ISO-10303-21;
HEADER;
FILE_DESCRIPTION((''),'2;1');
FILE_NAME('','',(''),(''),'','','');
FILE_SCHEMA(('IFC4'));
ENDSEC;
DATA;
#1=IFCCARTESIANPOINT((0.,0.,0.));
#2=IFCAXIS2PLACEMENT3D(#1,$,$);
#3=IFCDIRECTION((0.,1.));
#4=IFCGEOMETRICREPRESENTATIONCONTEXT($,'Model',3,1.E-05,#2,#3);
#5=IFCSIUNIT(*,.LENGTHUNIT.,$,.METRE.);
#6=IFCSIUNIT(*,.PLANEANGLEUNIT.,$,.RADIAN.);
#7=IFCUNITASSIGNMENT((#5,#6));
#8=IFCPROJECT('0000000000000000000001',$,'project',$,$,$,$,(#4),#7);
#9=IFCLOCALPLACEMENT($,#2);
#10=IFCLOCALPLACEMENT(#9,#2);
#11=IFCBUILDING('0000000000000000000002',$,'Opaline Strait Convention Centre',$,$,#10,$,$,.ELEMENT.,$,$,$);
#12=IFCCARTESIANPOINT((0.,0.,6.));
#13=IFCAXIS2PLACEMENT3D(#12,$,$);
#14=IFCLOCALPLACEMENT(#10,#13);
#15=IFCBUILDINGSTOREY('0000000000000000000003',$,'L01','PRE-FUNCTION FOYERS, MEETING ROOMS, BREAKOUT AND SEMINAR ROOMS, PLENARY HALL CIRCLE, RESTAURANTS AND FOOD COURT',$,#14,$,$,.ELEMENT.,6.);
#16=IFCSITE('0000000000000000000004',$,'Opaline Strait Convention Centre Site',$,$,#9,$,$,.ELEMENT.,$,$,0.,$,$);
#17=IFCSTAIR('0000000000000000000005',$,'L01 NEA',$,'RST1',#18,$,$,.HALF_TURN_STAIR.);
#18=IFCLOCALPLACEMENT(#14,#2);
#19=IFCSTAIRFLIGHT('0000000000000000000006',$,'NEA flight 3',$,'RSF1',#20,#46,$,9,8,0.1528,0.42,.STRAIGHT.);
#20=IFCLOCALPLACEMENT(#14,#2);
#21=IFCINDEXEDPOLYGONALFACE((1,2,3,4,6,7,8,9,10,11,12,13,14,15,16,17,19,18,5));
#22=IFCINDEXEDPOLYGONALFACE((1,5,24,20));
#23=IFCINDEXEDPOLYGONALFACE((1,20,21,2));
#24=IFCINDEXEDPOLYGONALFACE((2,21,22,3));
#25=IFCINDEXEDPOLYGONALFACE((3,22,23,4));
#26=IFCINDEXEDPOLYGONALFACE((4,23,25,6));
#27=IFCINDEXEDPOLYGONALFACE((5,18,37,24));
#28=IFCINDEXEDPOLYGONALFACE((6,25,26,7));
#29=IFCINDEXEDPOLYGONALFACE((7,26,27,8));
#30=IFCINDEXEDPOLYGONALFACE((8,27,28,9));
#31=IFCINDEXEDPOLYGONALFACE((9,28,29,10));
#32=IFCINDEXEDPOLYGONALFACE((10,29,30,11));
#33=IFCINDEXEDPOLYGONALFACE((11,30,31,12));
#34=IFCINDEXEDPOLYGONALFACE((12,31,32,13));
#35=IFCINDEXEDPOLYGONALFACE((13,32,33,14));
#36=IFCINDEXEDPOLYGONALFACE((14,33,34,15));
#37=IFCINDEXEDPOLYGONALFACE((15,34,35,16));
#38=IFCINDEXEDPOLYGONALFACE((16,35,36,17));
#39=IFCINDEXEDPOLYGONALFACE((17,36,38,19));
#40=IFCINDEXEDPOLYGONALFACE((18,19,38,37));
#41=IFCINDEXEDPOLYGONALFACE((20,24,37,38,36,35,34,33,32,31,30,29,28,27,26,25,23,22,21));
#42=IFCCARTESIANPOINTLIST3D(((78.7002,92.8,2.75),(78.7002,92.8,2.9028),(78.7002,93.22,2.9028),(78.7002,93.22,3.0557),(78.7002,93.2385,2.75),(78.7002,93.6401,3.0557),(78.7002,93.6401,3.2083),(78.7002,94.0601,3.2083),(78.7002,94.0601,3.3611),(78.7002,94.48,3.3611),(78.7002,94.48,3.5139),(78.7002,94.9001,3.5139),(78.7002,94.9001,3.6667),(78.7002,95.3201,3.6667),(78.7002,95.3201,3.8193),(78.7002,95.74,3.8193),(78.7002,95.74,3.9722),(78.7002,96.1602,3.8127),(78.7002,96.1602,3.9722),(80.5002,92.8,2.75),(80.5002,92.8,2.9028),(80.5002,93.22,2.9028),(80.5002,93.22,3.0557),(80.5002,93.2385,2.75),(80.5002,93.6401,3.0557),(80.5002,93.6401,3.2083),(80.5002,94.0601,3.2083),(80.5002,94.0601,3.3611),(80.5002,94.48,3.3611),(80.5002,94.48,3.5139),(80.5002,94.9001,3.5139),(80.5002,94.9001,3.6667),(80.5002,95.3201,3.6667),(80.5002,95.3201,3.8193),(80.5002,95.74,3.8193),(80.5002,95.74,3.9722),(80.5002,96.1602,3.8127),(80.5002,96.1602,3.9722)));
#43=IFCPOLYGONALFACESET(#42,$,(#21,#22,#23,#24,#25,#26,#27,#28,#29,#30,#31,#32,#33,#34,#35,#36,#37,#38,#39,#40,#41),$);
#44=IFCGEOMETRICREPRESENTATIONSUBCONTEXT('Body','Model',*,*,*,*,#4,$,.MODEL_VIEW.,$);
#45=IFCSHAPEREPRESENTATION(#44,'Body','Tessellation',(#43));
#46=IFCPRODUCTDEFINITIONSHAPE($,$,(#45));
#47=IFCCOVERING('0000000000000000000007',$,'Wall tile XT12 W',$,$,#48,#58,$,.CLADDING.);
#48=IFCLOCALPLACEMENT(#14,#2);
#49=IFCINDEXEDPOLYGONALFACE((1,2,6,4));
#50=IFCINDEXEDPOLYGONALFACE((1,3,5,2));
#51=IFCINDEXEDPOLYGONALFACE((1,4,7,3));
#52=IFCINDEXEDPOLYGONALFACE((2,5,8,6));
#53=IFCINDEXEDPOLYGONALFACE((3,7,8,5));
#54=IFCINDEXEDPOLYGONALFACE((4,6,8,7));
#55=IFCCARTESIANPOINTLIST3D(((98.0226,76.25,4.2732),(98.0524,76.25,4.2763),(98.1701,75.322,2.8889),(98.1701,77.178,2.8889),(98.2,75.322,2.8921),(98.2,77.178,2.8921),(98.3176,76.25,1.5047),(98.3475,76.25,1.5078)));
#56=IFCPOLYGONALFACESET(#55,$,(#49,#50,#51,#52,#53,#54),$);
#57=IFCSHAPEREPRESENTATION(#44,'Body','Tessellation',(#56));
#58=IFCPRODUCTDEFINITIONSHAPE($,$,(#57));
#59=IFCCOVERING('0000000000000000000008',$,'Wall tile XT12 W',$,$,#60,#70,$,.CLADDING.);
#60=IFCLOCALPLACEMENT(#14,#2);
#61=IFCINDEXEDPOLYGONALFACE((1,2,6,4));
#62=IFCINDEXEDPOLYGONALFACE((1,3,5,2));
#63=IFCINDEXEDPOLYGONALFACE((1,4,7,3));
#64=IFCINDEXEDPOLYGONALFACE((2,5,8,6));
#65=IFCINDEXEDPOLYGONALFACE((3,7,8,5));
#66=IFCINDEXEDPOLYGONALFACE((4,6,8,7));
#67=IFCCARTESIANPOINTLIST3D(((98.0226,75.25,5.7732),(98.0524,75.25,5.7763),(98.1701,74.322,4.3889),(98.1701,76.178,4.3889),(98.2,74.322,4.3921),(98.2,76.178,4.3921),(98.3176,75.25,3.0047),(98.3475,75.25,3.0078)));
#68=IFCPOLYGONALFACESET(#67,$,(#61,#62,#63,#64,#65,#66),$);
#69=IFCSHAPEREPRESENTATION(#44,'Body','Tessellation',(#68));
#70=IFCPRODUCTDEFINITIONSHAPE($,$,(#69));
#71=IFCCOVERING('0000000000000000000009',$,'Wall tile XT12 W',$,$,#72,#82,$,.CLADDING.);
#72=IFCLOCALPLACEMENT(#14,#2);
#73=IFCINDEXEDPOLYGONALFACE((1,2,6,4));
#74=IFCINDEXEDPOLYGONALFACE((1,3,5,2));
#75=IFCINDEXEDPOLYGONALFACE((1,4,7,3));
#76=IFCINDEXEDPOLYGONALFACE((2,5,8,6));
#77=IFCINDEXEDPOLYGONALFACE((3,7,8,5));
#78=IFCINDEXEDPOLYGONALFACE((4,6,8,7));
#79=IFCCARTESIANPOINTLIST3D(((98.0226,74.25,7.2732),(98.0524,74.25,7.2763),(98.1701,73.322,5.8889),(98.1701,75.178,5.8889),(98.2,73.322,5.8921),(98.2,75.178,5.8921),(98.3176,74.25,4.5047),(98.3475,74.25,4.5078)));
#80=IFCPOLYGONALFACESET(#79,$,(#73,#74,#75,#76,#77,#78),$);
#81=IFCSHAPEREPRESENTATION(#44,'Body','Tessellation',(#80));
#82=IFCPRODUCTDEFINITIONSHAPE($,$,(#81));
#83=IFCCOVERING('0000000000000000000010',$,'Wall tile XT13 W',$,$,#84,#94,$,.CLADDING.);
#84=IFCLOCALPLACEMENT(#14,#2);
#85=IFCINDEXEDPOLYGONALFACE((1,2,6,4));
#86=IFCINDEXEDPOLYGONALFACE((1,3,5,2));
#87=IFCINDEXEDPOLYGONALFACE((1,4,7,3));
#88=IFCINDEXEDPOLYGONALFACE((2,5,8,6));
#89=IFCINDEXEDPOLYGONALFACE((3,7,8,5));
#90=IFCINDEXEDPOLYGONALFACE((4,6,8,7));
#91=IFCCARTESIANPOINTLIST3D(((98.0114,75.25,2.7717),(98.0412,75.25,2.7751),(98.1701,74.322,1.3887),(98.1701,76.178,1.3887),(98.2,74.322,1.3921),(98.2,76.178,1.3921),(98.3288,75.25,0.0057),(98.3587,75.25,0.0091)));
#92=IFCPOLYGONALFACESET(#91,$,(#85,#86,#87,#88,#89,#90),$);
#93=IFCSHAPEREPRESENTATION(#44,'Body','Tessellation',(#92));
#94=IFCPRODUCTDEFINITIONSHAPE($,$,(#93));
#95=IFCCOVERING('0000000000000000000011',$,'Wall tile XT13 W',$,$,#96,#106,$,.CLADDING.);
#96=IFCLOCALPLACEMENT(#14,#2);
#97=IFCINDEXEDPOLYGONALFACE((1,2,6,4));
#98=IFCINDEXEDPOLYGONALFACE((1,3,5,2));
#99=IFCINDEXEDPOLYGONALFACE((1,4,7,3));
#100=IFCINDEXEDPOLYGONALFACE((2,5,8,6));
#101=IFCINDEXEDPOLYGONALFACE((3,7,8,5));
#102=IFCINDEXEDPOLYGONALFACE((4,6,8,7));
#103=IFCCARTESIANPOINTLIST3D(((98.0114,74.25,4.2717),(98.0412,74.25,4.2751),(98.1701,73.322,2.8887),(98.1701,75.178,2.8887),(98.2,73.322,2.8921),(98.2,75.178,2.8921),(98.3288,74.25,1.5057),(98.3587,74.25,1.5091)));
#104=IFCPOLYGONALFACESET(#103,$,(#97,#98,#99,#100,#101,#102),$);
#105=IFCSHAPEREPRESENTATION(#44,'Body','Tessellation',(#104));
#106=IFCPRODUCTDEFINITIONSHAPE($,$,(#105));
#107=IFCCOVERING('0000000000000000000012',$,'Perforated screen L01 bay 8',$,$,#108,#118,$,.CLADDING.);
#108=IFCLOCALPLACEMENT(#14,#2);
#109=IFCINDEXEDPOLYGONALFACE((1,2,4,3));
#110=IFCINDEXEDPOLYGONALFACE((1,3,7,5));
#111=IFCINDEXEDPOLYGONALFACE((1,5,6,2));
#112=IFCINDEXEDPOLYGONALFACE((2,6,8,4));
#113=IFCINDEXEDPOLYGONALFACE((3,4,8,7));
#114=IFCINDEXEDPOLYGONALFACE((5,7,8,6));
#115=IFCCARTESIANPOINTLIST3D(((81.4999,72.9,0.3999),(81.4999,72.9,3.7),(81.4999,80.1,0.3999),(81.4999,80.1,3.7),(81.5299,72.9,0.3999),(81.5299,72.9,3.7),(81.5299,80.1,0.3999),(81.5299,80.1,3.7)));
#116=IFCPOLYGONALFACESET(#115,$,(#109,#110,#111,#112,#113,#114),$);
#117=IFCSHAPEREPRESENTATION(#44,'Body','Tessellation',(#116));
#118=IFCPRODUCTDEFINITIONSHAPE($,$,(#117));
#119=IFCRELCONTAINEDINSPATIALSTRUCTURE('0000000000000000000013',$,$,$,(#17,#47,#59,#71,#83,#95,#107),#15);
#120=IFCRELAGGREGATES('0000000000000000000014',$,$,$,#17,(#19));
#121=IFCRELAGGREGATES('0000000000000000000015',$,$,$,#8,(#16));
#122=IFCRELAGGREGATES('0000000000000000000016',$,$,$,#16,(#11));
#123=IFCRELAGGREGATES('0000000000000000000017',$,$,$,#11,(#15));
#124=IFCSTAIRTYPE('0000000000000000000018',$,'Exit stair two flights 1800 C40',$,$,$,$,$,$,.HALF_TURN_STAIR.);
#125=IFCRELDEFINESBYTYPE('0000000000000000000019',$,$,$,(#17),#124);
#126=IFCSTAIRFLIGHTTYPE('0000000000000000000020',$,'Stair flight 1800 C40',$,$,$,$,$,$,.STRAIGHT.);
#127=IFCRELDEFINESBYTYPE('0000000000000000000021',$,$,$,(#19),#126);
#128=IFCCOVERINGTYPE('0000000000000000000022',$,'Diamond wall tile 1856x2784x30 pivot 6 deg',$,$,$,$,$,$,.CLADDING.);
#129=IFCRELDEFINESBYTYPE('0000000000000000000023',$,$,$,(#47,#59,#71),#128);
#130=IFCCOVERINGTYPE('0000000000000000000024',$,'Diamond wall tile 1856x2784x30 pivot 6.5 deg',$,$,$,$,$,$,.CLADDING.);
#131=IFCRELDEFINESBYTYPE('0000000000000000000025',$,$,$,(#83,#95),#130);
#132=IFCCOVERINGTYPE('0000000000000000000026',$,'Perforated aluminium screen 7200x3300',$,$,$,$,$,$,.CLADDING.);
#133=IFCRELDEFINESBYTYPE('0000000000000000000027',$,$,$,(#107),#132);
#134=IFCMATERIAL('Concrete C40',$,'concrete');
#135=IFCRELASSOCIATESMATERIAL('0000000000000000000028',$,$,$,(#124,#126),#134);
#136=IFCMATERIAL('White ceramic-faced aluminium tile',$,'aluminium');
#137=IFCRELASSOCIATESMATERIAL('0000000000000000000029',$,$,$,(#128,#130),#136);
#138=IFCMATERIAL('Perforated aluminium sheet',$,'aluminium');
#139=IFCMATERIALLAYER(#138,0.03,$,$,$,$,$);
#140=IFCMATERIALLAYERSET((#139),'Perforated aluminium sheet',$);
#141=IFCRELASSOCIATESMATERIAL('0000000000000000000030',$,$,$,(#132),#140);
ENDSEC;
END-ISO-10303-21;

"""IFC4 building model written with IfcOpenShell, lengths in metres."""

from ifc_helpers import new_model, si_unit, direction, frame, origin, origin_2d, place, context, subcontext, project, spatial, polyline, rectangle, outline, extrude, material, layer, layer_set, material_profile, profile_set, type_object, element, aggregate, save


model = new_model("IFC4")

# Units and contexts
model_context = context("Model", 3, precision=1e-05, world=origin(), true_north=direction((0.0, 1.0)))
body_context = subcontext(model_context, "Body", "Model", "MODEL_VIEW")
ifc_project = project(units=[si_unit("LENGTHUNIT", "METRE"), si_unit("PLANEANGLEUNIT", "RADIAN")], contexts=[model_context])

# Site, building, storey
site_placement = place(None, origin())
site = spatial("IfcSite", under=ifc_project, at=site_placement, Name="Opaline Strait Convention Centre Site", CompositionType="ELEMENT", RefElevation=0.0)
building_placement = place(site_placement, origin())
building = spatial("IfcBuilding", under=site, at=building_placement, Name="Opaline Strait Convention Centre", CompositionType="ELEMENT")
storey_placement = place(building_placement, frame((0.0, 0.0, 6.0)))
storey = spatial("IfcBuildingStorey", under=building, at=storey_placement, Name="L01", Description="PRE-FUNCTION FOYERS, MEETING ROOMS, BREAKOUT AND SEMINAR ROOMS, PLENARY HALL CIRCLE, RESTAURANTS AND FOOD COURT", CompositionType="ELEMENT", Elevation=6.0)

# Shared definitions
ifc_material_1 = material(Name="Concrete C40", Category="concrete")

# Stair, stair flight
stair_type = type_object("IfcStairType", Name="Exit stair two flights 1800 C40", PredefinedType="HALF_TURN_STAIR", material=ifc_material_1)
stair_placement = place(storey_placement, origin())
stair = element("IfcStair", 1, at=stair_placement, inside=storey, type_object=stair_type, Name="L01 NEA", ObjectType="RST1", PredefinedType="HALF_TURN_STAIR")
stair_flight_type = type_object("IfcStairFlightType", Name="Stair flight 1800 C40", PredefinedType="STRAIGHT", material=ifc_material_1)
stair_flight_1_placement = place(storey_placement, frame((79.6001, 92.8, 2.75), z_axis=(0.0, 0.0, 1.0), x_axis=(0.0, 1.0, 0.0)))
stair_flight_1 = element("IfcStairFlight", 2, at=stair_flight_1_placement, type_object=stair_flight_type, Name="NEA flight 3", ObjectType="RSF1", NumberOfRisers=9, NumberOfTreads=8, PredefinedType="STRAIGHT", RiserHeight=0.1528, TreadLength=0.42, context=body_context, shape_type="SweptSolid", body=[
    extrude(outline(polyline([(0.0, 0.0), (0.0, 0.1528), (0.4199, 0.1528), (0.4199, 0.3057), (0.8401, 0.3057), (0.8401, 0.4583), (1.26, 0.4583), (1.26, 0.6111), (1.6799, 0.6111), (1.6799, 0.7639), (2.1001, 0.7639), (2.1001, 0.9167), (2.52, 0.9167), (2.52, 1.0693), (2.9399, 1.0693), (2.9399, 1.2222), (3.3601, 1.2222), (3.3601, 1.375), (3.3601, 1.0627), (0.4385, 0.0), (0.0, 0.0)])), frame((0.0, 0.8999, 0.0), z_axis=(0.0, -1.0, 0.0), x_axis=(1.0, 0.0, 0.0)), (0.0, 0.0, 1.0), 1.8),
])
aggregate(stair, [stair_flight_1])

# Coverings
ifc_material_2 = material(Name="White ceramic-faced aluminium tile", Category="aluminium")
ifc_material_profile_1 = material_profile(ifc_material_2, outline(polyline([(0.928, 0.0), (0.0, 1.3921), (-0.928, 0.0), (0.0, -1.3921), (0.928, 0.0)])), Name="Diamond tile 1856x2784")
ifc_profile_set_1 = profile_set([ifc_material_profile_1], Name="White ceramic-faced aluminium tile")
covering_type_1 = type_object("IfcCoveringType", Name="Diamond wall tile 1856x2784x30 pivot 6 deg", PredefinedType="CLADDING", material=ifc_profile_set_1)
for number, where, z_axis, x_axis, name in (
    (3, (98.2, 76.25, 2.8921), (-0.994371, 0.0, -0.105958), (0.0, -1.0, 0.0), "Wall tile XT12 W"),
    (4, (98.2, 75.25, 4.3921), (-0.994371, 0.0, -0.105958), (0.0, -1.0, 0.0), "Wall tile XT12 W"),
    (5, (98.2, 74.25, 5.8921), (-0.994371, 0.0, -0.105958), (0.0, -1.0, 0.0), "Wall tile XT12 W"),
):
    element("IfcCovering", number, at=place(storey_placement, frame(where, z_axis=z_axis, x_axis=x_axis)), inside=storey, type_object=covering_type_1, Name=name, PredefinedType="CLADDING", context=body_context, shape_type="SweptSolid", body=[
        extrude(outline(polyline([(0.928, 0.0), (0.0, 1.3921), (-0.928, 0.0), (0.0, -1.3921), (0.928, 0.0)])), origin(), (0.0, 0.0, 1.0), 0.03),
    ])
ifc_material_profile_2 = material_profile(ifc_material_2, outline(polyline([(0.928, 0.0), (0.0, 1.3921), (-0.928, 0.0), (0.0, -1.3921), (0.928, 0.0)])), Name="Diamond tile 1856x2784")
ifc_profile_set_2 = profile_set([ifc_material_profile_2], Name="White ceramic-faced aluminium tile")
covering_type_2 = type_object("IfcCoveringType", Name="Diamond wall tile 1856x2784x30 pivot 6.5 deg", PredefinedType="CLADDING", material=ifc_profile_set_2)
for number, where, z_axis, x_axis, name in (
    (6, (98.2, 75.25, 1.3921), (-0.99348, 0.0, -0.114006), (0.0, -1.0, 0.0), "Wall tile XT13 W"),
    (7, (98.2, 74.25, 2.8921), (-0.99348, 0.0, -0.114006), (0.0, -1.0, 0.0), "Wall tile XT13 W"),
):
    element("IfcCovering", number, at=place(storey_placement, frame(where, z_axis=z_axis, x_axis=x_axis)), inside=storey, type_object=covering_type_2, Name=name, PredefinedType="CLADDING", context=body_context, shape_type="SweptSolid", body=[
        extrude(outline(polyline([(0.928, 0.0), (0.0, 1.3921), (-0.928, 0.0), (0.0, -1.3921), (0.928, 0.0)])), origin(), (0.0, 0.0, 1.0), 0.03),
    ])
ifc_material_3 = material(Name="Perforated aluminium sheet", Category="aluminium")
ifc_layer_1 = layer(ifc_material_3, 0.03)
ifc_layer_set_1 = layer_set([ifc_layer_1], Name="Perforated aluminium sheet")
covering_type_3 = type_object("IfcCoveringType", Name="Perforated aluminium screen 7200x3300", PredefinedType="CLADDING", material=ifc_layer_set_1)
covering_placement = place(storey_placement, frame((81.5149, 76.5, 0.3999), z_axis=(0.0, 0.0, 1.0), x_axis=(1.0, 0.0, 0.0)))
element("IfcCovering", 8, at=covering_placement, inside=storey, type_object=covering_type_3, Name="Perforated screen L01 bay 8", PredefinedType="CLADDING", context=body_context, shape_type="SweptSolid", body=[
    extrude(rectangle(XDim=0.03, YDim=7.2, at=origin_2d()), origin(), (0.0, 0.0, 1.0), 3.3),
])

save(model, "model.ifc")
